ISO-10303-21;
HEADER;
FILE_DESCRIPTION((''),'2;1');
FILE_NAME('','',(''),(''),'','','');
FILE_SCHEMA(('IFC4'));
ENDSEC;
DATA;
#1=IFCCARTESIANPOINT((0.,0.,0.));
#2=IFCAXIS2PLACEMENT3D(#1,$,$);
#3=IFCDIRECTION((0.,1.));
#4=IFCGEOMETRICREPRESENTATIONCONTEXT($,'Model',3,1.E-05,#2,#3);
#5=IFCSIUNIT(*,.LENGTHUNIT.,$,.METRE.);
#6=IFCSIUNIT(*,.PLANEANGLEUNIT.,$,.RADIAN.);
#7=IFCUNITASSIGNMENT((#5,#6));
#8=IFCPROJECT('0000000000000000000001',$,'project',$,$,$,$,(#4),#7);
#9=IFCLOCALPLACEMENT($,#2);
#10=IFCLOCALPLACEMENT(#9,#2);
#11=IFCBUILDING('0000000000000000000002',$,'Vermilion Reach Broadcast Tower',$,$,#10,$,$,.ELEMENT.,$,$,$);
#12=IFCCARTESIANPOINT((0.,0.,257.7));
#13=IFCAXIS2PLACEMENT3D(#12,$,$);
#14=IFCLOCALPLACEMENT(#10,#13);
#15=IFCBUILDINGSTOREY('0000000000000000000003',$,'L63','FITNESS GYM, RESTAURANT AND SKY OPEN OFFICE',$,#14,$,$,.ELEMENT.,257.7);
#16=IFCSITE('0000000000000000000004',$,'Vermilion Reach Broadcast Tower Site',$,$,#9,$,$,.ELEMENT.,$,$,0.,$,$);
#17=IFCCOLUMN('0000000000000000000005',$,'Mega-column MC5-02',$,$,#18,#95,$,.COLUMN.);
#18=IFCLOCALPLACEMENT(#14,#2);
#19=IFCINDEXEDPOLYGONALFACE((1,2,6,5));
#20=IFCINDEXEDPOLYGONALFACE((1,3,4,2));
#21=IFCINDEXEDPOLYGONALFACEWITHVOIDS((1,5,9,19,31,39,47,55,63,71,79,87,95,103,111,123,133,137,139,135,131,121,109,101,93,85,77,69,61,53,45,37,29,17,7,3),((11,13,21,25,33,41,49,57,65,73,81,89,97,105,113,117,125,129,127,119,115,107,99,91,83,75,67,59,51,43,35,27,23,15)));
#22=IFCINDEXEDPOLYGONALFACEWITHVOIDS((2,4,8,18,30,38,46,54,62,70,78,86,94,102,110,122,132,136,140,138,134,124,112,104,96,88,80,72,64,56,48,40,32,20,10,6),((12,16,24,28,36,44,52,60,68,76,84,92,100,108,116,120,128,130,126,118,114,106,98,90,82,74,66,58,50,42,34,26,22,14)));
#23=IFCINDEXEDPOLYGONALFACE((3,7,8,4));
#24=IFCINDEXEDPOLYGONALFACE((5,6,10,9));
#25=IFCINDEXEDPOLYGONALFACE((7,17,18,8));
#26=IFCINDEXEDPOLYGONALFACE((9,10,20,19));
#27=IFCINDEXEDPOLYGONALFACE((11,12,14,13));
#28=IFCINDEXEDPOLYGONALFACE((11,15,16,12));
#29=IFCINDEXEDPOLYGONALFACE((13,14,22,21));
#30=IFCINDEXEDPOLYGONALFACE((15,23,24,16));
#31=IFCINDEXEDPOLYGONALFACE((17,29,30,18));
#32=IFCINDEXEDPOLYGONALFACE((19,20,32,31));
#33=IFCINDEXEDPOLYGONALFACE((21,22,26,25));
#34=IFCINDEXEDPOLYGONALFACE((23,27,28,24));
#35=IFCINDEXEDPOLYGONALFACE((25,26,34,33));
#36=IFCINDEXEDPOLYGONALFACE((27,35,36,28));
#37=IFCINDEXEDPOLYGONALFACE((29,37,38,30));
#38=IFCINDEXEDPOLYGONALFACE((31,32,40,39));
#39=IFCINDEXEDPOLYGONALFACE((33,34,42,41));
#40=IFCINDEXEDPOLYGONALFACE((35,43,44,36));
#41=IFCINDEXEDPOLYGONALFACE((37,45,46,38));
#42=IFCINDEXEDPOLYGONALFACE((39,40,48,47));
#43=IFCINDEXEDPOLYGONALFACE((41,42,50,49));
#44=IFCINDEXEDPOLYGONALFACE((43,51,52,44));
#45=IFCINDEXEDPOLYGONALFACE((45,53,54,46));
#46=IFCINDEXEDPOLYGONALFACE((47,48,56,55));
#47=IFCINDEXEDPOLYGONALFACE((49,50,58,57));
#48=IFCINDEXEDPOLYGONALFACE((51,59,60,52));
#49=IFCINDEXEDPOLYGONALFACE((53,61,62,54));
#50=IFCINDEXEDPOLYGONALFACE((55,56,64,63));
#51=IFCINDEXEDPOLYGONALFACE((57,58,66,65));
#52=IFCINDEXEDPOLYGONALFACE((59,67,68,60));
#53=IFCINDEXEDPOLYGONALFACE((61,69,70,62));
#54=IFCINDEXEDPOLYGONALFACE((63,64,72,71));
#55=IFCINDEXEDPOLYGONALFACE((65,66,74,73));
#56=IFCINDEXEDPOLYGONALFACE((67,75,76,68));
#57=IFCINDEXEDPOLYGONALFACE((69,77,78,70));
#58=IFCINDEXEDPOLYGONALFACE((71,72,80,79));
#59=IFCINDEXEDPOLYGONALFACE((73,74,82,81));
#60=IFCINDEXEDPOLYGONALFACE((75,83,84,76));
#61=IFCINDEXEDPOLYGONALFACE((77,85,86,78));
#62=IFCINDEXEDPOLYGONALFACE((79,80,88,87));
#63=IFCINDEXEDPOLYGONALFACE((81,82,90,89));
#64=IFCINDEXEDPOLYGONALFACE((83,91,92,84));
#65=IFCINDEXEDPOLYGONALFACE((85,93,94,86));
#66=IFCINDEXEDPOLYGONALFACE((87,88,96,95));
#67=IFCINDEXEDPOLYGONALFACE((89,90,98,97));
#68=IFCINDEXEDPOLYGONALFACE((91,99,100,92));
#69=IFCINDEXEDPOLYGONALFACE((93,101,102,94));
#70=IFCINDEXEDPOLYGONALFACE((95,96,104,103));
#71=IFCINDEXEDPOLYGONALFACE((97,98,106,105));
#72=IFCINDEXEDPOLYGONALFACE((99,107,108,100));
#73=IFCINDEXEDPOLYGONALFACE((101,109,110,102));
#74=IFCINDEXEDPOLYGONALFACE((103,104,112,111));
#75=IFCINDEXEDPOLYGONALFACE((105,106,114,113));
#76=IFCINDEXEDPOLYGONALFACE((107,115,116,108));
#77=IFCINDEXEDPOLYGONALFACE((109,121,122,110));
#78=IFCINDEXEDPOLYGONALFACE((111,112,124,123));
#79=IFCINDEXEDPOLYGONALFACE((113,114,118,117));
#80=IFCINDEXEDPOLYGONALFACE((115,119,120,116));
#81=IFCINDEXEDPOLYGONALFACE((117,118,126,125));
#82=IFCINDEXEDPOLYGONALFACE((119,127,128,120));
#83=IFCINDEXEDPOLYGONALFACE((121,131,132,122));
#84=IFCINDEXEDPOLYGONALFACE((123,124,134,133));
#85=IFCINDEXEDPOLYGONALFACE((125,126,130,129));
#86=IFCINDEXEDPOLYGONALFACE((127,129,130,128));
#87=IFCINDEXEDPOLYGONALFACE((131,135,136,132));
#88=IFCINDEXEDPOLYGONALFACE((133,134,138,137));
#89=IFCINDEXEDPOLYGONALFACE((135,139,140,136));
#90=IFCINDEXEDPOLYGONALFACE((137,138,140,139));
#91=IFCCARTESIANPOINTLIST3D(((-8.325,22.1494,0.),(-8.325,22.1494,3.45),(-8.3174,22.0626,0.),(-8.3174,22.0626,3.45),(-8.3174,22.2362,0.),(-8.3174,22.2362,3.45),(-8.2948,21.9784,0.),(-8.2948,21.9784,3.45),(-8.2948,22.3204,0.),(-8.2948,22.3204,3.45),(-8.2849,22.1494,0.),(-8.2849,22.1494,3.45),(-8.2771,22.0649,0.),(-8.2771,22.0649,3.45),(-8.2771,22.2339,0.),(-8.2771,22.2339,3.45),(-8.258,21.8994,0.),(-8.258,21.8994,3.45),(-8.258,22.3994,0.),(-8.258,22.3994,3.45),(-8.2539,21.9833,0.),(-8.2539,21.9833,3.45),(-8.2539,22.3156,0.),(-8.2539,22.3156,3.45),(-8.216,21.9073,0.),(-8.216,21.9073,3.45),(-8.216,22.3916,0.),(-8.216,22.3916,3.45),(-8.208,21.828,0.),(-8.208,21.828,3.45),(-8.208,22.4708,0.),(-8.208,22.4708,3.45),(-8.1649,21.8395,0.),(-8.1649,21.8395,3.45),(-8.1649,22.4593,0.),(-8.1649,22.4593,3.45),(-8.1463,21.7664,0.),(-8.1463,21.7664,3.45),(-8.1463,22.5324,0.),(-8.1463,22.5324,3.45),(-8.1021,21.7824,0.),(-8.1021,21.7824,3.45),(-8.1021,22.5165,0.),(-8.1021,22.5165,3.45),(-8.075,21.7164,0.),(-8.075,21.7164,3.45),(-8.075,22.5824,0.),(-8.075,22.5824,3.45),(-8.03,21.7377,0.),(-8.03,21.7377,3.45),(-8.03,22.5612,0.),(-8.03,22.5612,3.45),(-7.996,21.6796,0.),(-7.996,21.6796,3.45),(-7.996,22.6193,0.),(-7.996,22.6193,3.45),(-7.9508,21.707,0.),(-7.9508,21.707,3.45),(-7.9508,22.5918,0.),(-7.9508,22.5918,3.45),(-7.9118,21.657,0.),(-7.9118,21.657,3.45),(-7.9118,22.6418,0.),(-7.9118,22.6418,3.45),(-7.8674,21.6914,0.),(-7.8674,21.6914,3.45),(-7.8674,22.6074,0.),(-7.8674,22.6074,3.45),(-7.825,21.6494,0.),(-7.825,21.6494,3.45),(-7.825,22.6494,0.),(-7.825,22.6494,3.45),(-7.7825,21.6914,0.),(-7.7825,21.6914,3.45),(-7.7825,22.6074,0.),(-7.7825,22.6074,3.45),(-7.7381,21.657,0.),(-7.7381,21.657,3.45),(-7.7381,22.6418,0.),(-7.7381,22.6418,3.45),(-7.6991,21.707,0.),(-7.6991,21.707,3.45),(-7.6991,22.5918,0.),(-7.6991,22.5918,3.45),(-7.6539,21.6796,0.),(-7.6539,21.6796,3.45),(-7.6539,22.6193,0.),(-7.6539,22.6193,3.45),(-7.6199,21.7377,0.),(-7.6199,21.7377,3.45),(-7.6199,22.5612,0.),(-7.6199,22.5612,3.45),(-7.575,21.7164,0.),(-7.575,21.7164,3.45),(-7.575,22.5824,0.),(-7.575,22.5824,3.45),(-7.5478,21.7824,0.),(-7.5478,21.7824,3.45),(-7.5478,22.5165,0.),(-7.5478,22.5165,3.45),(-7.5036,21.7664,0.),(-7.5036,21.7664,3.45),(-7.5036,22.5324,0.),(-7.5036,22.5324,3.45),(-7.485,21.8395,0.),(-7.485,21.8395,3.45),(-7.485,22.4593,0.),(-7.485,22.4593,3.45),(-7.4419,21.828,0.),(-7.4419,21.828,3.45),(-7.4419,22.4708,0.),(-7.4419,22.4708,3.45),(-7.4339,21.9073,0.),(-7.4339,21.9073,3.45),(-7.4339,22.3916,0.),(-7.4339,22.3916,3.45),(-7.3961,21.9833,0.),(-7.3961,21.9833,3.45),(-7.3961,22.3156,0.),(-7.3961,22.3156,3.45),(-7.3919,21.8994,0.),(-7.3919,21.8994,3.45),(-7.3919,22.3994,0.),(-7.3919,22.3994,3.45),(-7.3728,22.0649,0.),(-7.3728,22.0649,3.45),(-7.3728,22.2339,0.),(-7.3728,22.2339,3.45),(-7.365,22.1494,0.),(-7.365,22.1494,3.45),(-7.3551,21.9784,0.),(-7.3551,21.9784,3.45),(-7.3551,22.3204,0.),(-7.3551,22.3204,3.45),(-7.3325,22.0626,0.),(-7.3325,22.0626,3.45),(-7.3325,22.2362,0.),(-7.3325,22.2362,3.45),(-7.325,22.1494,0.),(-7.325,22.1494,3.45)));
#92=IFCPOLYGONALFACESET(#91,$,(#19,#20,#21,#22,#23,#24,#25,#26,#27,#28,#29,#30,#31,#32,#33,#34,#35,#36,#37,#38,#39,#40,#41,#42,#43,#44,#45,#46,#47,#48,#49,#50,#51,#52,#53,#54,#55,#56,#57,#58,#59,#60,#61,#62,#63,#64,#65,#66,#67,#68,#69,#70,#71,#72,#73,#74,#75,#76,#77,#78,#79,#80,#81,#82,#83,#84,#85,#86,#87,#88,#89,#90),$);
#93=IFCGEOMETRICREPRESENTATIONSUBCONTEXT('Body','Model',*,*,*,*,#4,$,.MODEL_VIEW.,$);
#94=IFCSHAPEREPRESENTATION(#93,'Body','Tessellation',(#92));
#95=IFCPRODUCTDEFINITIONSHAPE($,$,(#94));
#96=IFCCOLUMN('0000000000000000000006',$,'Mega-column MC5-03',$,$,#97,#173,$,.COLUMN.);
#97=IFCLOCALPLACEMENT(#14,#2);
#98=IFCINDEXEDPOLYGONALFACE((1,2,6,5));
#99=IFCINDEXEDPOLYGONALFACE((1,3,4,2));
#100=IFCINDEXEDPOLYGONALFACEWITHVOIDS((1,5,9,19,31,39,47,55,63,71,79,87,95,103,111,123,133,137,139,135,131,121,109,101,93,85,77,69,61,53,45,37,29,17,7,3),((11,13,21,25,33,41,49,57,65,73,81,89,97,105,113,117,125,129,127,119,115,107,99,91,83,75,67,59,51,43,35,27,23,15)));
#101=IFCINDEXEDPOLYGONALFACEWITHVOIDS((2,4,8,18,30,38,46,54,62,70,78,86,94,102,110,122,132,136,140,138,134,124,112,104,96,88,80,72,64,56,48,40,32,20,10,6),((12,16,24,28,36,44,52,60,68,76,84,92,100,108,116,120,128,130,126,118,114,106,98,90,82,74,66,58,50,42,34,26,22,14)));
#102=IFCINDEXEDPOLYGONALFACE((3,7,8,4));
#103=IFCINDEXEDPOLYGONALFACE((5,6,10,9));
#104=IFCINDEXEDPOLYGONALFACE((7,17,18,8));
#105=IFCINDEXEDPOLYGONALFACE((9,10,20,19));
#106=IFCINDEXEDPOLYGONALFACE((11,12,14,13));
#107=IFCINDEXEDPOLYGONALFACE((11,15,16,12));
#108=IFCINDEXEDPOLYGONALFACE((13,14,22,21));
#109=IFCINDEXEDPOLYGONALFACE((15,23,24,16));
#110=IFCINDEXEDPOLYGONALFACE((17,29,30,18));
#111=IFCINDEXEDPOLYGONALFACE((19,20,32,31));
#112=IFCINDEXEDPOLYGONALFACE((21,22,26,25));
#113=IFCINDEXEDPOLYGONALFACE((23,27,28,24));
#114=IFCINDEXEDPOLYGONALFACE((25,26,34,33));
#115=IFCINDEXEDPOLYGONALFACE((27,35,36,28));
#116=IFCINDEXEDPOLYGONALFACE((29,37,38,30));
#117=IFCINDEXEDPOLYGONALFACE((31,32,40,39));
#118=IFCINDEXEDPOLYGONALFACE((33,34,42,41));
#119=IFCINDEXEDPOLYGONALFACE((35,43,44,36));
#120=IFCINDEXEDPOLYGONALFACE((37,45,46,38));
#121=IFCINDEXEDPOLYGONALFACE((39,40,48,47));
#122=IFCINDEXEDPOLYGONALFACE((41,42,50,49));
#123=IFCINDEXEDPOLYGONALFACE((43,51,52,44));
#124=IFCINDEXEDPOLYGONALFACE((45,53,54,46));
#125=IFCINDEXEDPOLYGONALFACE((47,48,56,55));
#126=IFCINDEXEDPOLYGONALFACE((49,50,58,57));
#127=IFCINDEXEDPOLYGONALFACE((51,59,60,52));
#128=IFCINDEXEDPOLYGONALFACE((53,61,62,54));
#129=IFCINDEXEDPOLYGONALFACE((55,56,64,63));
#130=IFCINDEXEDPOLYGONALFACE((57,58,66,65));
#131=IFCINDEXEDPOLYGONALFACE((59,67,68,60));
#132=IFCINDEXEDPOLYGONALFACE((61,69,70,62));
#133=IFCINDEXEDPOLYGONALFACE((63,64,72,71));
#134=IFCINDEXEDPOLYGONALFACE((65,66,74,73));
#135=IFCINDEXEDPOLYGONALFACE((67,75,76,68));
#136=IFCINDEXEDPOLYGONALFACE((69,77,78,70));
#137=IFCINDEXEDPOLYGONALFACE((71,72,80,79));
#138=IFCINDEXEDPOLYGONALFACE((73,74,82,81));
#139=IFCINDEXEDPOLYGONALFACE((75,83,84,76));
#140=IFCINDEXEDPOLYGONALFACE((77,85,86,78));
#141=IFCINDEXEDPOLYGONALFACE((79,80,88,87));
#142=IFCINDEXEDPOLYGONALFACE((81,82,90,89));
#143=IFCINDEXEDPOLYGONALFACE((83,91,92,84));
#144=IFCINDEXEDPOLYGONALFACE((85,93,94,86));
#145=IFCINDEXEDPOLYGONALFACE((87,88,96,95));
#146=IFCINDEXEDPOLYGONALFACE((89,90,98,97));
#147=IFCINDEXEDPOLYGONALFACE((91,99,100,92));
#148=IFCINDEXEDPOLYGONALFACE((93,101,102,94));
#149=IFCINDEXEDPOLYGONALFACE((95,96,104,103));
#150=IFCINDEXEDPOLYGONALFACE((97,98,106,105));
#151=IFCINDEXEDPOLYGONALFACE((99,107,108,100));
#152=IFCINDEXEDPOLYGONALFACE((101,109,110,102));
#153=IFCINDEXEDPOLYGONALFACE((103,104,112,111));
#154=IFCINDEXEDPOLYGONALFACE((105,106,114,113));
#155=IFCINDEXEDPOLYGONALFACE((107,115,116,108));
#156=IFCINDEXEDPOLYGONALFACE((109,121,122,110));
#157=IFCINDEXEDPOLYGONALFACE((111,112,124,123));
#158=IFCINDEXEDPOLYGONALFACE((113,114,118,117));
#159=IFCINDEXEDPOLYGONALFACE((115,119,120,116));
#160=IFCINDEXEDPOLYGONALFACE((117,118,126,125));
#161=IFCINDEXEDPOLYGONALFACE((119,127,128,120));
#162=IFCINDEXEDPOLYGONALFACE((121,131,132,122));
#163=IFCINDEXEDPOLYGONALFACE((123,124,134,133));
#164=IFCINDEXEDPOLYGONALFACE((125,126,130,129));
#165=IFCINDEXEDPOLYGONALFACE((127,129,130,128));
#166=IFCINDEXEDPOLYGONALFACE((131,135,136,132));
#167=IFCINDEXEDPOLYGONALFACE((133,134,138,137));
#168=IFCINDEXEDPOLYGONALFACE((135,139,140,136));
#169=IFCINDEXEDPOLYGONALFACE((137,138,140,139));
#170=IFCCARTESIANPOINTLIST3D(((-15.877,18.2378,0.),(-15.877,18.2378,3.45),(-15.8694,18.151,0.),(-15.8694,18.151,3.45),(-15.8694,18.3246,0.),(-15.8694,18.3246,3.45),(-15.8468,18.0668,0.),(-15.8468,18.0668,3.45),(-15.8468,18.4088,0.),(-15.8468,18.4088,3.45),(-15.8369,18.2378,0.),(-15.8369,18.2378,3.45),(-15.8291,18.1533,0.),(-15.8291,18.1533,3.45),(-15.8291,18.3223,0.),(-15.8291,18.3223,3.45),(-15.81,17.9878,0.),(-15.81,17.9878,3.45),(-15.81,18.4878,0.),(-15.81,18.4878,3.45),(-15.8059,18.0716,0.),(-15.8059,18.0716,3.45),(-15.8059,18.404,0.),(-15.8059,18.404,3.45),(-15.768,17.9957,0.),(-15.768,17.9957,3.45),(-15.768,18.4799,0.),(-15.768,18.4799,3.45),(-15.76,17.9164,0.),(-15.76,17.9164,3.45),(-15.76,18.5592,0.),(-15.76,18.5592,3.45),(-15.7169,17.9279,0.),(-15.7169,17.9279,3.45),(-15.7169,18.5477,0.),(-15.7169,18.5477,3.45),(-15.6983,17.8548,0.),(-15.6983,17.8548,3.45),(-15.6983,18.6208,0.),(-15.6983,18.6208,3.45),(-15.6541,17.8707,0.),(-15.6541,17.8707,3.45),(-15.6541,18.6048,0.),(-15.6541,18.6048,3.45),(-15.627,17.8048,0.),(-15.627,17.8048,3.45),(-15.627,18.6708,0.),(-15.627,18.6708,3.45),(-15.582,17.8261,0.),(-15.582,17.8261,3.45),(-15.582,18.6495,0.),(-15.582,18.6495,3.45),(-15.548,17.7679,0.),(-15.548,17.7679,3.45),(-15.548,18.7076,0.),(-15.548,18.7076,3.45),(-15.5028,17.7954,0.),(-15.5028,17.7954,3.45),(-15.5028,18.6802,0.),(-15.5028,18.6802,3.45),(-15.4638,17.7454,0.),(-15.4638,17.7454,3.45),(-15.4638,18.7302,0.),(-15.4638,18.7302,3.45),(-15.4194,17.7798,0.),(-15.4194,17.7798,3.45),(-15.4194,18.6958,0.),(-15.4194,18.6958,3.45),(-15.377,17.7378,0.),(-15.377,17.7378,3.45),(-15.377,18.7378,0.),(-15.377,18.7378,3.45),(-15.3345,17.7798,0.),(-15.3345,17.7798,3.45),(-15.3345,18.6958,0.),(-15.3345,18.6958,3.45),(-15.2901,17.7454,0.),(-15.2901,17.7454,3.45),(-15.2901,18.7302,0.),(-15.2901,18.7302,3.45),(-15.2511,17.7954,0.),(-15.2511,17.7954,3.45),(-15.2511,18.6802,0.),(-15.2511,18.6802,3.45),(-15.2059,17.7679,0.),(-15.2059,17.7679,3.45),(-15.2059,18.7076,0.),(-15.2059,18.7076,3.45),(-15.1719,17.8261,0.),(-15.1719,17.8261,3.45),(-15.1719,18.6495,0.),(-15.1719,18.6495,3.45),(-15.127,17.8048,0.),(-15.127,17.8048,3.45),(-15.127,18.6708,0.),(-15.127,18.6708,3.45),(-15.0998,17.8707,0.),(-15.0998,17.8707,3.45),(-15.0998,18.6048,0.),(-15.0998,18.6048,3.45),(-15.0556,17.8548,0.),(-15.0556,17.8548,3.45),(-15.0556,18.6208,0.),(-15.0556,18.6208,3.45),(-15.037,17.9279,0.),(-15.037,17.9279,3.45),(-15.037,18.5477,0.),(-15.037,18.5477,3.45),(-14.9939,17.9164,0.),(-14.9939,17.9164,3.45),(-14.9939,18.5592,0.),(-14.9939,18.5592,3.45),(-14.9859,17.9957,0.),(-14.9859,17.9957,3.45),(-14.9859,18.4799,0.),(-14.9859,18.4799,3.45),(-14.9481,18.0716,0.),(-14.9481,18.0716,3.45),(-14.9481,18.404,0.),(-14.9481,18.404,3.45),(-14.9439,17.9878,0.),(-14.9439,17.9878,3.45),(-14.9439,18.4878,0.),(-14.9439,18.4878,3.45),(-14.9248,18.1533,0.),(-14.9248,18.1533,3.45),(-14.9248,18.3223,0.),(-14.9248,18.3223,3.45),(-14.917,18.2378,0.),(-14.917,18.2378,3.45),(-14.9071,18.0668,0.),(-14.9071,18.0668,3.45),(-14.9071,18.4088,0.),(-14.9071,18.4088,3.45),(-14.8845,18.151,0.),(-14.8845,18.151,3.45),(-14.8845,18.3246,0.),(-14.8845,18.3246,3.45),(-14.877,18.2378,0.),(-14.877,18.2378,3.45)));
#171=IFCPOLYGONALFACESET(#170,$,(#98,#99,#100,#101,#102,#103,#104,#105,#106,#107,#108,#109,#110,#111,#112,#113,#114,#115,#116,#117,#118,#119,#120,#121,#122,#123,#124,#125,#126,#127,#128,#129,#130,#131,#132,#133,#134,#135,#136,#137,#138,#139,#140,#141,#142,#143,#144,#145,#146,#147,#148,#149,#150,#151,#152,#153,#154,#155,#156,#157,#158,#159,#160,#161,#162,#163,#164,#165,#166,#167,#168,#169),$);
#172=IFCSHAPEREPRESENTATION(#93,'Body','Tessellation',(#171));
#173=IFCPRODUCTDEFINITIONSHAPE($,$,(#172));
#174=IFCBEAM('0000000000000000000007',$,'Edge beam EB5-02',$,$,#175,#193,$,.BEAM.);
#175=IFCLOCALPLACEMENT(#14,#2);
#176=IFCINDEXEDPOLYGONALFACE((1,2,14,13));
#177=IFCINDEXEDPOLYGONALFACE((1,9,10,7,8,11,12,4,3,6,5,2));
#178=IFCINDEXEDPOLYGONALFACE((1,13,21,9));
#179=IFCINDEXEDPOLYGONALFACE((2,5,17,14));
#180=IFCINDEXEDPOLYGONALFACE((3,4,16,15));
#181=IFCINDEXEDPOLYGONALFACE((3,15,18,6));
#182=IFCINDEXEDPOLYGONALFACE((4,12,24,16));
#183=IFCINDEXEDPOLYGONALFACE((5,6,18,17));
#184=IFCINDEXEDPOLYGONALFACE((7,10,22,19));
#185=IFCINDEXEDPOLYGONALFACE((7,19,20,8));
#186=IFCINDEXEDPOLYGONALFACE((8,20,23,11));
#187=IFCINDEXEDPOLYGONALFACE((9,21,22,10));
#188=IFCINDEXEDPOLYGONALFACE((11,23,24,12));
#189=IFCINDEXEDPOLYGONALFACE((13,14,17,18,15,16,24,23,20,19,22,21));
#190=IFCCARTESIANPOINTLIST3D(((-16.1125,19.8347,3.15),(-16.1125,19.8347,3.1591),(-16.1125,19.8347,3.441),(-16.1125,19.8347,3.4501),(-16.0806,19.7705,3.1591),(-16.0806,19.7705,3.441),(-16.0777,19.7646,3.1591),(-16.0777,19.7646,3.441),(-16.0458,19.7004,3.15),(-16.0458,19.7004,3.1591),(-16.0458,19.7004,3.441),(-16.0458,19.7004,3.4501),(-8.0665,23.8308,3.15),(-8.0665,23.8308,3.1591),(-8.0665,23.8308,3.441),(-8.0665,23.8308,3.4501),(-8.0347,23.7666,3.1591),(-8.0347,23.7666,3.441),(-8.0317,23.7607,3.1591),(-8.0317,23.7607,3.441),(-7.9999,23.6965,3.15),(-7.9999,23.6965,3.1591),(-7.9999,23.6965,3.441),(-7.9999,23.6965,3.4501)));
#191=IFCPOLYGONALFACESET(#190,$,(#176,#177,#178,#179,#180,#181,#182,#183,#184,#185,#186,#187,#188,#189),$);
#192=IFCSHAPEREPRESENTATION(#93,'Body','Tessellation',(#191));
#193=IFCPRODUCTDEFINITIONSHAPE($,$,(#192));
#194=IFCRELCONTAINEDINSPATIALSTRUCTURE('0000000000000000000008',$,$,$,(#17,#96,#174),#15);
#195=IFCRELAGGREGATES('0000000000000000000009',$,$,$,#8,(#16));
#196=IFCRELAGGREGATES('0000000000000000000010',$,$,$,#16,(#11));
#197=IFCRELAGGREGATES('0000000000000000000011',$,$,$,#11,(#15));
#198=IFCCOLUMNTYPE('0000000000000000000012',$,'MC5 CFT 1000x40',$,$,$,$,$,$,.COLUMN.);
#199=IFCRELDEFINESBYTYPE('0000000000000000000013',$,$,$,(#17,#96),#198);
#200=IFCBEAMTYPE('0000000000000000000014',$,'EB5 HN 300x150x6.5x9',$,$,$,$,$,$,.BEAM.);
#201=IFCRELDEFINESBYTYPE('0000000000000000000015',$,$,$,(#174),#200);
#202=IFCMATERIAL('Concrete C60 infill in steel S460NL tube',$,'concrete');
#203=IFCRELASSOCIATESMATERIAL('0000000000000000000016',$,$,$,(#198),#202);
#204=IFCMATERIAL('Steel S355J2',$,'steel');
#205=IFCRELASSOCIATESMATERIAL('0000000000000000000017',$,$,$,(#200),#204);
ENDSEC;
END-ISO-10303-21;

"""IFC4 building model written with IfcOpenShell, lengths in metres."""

from ifc_helpers import new_model, si_unit, direction, frame, origin, origin_2d, place, context, subcontext, project, spatial, hollow_circle, i_section, extrude, material, material_profile, profile_set, type_object, element, save


model = new_model("IFC4")

# Units and contexts
model_context = context("Model", 3, precision=1e-05, world=origin(), true_north=direction((0.0, 1.0)))
body_context = subcontext(model_context, "Body", "Model", "MODEL_VIEW")
ifc_project = project(units=[si_unit("LENGTHUNIT", "METRE"), si_unit("PLANEANGLEUNIT", "RADIAN")], contexts=[model_context])

# Site, building, storey
site_placement = place(None, origin())
site = spatial("IfcSite", under=ifc_project, at=site_placement, Name="Vermilion Reach Broadcast Tower Site", CompositionType="ELEMENT", RefElevation=0.0)
building_placement = place(site_placement, origin())
building = spatial("IfcBuilding", under=site, at=building_placement, Name="Vermilion Reach Broadcast Tower", CompositionType="ELEMENT")
storey_placement = place(building_placement, frame((0.0, 0.0, 257.7)))
storey = spatial("IfcBuildingStorey", under=building, at=storey_placement, Name="L63", Description="FITNESS GYM, RESTAURANT AND SKY OPEN OFFICE", CompositionType="ELEMENT", Elevation=257.7)

# Columns
ifc_material_1 = material(Name="Concrete C60 infill in steel S460NL tube", Category="concrete")
ifc_material_profile_1 = material_profile(ifc_material_1, hollow_circle(Radius=0.5, WallThickness=0.04, at=origin_2d()), Name="Concrete C60 infill in steel S460NL tube CFT 1000x40")
ifc_profile_set_1 = profile_set([ifc_material_profile_1], Name="Concrete C60 infill in steel S460NL tube")
column_type = type_object("IfcColumnType", Name="MC5 CFT 1000x40", PredefinedType="COLUMN", material=ifc_profile_set_1)
for number, where, z_axis, x_axis, name in (
    (1, (-7.825, 22.1494, 0.0), (0.0, 0.0, 1.0), (1.0, 0.0, 0.0), "Mega-column MC5-02"),
    (2, (-15.377, 18.2378, 0.0), (0.0, 0.0, 1.0), (1.0, 0.0, 0.0), "Mega-column MC5-03"),
):
    element("IfcColumn", number, at=place(storey_placement, frame(where, z_axis=z_axis, x_axis=x_axis)), inside=storey, type_object=column_type, Name=name, PredefinedType="COLUMN", context=body_context, shape_type="SweptSolid", body=[
        extrude(hollow_circle(Radius=0.5, WallThickness=0.04, at=origin_2d()), origin(), (0.0, 0.0, 1.0), 3.45),
    ])

# Beam
ifc_material_2 = material(Name="Steel S355J2", Category="steel")
ifc_material_profile_2 = material_profile(ifc_material_2, i_section(OverallWidth=0.1499, OverallDepth=0.3, WebThickness=0.0066, FlangeThickness=0.009, at=origin_2d()), Name="S355J2 HN 300x150x6.5x9")
ifc_profile_set_2 = profile_set([ifc_material_profile_2], Name="Steel S355J2")
beam_type_1 = type_object("IfcBeamType", Name="EB5 HN 300x150x6.5x9", PredefinedType="BEAM", material=ifc_profile_set_2)
beam_1_placement = place(storey_placement, frame((-8.0332, 23.7637, 3.3), z_axis=(-0.89562, -0.44482, 0.0), x_axis=(0.44482, -0.89562, 0.0)))
element("IfcBeam", 3, at=beam_1_placement, inside=storey, type_object=beam_type_1, Name="Edge beam EB5-02", PredefinedType="BEAM", context=body_context, shape_type="SweptSolid", body=[
    extrude(i_section(OverallWidth=0.1499, OverallDepth=0.3, WebThickness=0.0066, FlangeThickness=0.009, at=origin_2d()), origin(), (0.0, 0.0, 1.0), 8.9836),
])

save(model, "model.ifc")
